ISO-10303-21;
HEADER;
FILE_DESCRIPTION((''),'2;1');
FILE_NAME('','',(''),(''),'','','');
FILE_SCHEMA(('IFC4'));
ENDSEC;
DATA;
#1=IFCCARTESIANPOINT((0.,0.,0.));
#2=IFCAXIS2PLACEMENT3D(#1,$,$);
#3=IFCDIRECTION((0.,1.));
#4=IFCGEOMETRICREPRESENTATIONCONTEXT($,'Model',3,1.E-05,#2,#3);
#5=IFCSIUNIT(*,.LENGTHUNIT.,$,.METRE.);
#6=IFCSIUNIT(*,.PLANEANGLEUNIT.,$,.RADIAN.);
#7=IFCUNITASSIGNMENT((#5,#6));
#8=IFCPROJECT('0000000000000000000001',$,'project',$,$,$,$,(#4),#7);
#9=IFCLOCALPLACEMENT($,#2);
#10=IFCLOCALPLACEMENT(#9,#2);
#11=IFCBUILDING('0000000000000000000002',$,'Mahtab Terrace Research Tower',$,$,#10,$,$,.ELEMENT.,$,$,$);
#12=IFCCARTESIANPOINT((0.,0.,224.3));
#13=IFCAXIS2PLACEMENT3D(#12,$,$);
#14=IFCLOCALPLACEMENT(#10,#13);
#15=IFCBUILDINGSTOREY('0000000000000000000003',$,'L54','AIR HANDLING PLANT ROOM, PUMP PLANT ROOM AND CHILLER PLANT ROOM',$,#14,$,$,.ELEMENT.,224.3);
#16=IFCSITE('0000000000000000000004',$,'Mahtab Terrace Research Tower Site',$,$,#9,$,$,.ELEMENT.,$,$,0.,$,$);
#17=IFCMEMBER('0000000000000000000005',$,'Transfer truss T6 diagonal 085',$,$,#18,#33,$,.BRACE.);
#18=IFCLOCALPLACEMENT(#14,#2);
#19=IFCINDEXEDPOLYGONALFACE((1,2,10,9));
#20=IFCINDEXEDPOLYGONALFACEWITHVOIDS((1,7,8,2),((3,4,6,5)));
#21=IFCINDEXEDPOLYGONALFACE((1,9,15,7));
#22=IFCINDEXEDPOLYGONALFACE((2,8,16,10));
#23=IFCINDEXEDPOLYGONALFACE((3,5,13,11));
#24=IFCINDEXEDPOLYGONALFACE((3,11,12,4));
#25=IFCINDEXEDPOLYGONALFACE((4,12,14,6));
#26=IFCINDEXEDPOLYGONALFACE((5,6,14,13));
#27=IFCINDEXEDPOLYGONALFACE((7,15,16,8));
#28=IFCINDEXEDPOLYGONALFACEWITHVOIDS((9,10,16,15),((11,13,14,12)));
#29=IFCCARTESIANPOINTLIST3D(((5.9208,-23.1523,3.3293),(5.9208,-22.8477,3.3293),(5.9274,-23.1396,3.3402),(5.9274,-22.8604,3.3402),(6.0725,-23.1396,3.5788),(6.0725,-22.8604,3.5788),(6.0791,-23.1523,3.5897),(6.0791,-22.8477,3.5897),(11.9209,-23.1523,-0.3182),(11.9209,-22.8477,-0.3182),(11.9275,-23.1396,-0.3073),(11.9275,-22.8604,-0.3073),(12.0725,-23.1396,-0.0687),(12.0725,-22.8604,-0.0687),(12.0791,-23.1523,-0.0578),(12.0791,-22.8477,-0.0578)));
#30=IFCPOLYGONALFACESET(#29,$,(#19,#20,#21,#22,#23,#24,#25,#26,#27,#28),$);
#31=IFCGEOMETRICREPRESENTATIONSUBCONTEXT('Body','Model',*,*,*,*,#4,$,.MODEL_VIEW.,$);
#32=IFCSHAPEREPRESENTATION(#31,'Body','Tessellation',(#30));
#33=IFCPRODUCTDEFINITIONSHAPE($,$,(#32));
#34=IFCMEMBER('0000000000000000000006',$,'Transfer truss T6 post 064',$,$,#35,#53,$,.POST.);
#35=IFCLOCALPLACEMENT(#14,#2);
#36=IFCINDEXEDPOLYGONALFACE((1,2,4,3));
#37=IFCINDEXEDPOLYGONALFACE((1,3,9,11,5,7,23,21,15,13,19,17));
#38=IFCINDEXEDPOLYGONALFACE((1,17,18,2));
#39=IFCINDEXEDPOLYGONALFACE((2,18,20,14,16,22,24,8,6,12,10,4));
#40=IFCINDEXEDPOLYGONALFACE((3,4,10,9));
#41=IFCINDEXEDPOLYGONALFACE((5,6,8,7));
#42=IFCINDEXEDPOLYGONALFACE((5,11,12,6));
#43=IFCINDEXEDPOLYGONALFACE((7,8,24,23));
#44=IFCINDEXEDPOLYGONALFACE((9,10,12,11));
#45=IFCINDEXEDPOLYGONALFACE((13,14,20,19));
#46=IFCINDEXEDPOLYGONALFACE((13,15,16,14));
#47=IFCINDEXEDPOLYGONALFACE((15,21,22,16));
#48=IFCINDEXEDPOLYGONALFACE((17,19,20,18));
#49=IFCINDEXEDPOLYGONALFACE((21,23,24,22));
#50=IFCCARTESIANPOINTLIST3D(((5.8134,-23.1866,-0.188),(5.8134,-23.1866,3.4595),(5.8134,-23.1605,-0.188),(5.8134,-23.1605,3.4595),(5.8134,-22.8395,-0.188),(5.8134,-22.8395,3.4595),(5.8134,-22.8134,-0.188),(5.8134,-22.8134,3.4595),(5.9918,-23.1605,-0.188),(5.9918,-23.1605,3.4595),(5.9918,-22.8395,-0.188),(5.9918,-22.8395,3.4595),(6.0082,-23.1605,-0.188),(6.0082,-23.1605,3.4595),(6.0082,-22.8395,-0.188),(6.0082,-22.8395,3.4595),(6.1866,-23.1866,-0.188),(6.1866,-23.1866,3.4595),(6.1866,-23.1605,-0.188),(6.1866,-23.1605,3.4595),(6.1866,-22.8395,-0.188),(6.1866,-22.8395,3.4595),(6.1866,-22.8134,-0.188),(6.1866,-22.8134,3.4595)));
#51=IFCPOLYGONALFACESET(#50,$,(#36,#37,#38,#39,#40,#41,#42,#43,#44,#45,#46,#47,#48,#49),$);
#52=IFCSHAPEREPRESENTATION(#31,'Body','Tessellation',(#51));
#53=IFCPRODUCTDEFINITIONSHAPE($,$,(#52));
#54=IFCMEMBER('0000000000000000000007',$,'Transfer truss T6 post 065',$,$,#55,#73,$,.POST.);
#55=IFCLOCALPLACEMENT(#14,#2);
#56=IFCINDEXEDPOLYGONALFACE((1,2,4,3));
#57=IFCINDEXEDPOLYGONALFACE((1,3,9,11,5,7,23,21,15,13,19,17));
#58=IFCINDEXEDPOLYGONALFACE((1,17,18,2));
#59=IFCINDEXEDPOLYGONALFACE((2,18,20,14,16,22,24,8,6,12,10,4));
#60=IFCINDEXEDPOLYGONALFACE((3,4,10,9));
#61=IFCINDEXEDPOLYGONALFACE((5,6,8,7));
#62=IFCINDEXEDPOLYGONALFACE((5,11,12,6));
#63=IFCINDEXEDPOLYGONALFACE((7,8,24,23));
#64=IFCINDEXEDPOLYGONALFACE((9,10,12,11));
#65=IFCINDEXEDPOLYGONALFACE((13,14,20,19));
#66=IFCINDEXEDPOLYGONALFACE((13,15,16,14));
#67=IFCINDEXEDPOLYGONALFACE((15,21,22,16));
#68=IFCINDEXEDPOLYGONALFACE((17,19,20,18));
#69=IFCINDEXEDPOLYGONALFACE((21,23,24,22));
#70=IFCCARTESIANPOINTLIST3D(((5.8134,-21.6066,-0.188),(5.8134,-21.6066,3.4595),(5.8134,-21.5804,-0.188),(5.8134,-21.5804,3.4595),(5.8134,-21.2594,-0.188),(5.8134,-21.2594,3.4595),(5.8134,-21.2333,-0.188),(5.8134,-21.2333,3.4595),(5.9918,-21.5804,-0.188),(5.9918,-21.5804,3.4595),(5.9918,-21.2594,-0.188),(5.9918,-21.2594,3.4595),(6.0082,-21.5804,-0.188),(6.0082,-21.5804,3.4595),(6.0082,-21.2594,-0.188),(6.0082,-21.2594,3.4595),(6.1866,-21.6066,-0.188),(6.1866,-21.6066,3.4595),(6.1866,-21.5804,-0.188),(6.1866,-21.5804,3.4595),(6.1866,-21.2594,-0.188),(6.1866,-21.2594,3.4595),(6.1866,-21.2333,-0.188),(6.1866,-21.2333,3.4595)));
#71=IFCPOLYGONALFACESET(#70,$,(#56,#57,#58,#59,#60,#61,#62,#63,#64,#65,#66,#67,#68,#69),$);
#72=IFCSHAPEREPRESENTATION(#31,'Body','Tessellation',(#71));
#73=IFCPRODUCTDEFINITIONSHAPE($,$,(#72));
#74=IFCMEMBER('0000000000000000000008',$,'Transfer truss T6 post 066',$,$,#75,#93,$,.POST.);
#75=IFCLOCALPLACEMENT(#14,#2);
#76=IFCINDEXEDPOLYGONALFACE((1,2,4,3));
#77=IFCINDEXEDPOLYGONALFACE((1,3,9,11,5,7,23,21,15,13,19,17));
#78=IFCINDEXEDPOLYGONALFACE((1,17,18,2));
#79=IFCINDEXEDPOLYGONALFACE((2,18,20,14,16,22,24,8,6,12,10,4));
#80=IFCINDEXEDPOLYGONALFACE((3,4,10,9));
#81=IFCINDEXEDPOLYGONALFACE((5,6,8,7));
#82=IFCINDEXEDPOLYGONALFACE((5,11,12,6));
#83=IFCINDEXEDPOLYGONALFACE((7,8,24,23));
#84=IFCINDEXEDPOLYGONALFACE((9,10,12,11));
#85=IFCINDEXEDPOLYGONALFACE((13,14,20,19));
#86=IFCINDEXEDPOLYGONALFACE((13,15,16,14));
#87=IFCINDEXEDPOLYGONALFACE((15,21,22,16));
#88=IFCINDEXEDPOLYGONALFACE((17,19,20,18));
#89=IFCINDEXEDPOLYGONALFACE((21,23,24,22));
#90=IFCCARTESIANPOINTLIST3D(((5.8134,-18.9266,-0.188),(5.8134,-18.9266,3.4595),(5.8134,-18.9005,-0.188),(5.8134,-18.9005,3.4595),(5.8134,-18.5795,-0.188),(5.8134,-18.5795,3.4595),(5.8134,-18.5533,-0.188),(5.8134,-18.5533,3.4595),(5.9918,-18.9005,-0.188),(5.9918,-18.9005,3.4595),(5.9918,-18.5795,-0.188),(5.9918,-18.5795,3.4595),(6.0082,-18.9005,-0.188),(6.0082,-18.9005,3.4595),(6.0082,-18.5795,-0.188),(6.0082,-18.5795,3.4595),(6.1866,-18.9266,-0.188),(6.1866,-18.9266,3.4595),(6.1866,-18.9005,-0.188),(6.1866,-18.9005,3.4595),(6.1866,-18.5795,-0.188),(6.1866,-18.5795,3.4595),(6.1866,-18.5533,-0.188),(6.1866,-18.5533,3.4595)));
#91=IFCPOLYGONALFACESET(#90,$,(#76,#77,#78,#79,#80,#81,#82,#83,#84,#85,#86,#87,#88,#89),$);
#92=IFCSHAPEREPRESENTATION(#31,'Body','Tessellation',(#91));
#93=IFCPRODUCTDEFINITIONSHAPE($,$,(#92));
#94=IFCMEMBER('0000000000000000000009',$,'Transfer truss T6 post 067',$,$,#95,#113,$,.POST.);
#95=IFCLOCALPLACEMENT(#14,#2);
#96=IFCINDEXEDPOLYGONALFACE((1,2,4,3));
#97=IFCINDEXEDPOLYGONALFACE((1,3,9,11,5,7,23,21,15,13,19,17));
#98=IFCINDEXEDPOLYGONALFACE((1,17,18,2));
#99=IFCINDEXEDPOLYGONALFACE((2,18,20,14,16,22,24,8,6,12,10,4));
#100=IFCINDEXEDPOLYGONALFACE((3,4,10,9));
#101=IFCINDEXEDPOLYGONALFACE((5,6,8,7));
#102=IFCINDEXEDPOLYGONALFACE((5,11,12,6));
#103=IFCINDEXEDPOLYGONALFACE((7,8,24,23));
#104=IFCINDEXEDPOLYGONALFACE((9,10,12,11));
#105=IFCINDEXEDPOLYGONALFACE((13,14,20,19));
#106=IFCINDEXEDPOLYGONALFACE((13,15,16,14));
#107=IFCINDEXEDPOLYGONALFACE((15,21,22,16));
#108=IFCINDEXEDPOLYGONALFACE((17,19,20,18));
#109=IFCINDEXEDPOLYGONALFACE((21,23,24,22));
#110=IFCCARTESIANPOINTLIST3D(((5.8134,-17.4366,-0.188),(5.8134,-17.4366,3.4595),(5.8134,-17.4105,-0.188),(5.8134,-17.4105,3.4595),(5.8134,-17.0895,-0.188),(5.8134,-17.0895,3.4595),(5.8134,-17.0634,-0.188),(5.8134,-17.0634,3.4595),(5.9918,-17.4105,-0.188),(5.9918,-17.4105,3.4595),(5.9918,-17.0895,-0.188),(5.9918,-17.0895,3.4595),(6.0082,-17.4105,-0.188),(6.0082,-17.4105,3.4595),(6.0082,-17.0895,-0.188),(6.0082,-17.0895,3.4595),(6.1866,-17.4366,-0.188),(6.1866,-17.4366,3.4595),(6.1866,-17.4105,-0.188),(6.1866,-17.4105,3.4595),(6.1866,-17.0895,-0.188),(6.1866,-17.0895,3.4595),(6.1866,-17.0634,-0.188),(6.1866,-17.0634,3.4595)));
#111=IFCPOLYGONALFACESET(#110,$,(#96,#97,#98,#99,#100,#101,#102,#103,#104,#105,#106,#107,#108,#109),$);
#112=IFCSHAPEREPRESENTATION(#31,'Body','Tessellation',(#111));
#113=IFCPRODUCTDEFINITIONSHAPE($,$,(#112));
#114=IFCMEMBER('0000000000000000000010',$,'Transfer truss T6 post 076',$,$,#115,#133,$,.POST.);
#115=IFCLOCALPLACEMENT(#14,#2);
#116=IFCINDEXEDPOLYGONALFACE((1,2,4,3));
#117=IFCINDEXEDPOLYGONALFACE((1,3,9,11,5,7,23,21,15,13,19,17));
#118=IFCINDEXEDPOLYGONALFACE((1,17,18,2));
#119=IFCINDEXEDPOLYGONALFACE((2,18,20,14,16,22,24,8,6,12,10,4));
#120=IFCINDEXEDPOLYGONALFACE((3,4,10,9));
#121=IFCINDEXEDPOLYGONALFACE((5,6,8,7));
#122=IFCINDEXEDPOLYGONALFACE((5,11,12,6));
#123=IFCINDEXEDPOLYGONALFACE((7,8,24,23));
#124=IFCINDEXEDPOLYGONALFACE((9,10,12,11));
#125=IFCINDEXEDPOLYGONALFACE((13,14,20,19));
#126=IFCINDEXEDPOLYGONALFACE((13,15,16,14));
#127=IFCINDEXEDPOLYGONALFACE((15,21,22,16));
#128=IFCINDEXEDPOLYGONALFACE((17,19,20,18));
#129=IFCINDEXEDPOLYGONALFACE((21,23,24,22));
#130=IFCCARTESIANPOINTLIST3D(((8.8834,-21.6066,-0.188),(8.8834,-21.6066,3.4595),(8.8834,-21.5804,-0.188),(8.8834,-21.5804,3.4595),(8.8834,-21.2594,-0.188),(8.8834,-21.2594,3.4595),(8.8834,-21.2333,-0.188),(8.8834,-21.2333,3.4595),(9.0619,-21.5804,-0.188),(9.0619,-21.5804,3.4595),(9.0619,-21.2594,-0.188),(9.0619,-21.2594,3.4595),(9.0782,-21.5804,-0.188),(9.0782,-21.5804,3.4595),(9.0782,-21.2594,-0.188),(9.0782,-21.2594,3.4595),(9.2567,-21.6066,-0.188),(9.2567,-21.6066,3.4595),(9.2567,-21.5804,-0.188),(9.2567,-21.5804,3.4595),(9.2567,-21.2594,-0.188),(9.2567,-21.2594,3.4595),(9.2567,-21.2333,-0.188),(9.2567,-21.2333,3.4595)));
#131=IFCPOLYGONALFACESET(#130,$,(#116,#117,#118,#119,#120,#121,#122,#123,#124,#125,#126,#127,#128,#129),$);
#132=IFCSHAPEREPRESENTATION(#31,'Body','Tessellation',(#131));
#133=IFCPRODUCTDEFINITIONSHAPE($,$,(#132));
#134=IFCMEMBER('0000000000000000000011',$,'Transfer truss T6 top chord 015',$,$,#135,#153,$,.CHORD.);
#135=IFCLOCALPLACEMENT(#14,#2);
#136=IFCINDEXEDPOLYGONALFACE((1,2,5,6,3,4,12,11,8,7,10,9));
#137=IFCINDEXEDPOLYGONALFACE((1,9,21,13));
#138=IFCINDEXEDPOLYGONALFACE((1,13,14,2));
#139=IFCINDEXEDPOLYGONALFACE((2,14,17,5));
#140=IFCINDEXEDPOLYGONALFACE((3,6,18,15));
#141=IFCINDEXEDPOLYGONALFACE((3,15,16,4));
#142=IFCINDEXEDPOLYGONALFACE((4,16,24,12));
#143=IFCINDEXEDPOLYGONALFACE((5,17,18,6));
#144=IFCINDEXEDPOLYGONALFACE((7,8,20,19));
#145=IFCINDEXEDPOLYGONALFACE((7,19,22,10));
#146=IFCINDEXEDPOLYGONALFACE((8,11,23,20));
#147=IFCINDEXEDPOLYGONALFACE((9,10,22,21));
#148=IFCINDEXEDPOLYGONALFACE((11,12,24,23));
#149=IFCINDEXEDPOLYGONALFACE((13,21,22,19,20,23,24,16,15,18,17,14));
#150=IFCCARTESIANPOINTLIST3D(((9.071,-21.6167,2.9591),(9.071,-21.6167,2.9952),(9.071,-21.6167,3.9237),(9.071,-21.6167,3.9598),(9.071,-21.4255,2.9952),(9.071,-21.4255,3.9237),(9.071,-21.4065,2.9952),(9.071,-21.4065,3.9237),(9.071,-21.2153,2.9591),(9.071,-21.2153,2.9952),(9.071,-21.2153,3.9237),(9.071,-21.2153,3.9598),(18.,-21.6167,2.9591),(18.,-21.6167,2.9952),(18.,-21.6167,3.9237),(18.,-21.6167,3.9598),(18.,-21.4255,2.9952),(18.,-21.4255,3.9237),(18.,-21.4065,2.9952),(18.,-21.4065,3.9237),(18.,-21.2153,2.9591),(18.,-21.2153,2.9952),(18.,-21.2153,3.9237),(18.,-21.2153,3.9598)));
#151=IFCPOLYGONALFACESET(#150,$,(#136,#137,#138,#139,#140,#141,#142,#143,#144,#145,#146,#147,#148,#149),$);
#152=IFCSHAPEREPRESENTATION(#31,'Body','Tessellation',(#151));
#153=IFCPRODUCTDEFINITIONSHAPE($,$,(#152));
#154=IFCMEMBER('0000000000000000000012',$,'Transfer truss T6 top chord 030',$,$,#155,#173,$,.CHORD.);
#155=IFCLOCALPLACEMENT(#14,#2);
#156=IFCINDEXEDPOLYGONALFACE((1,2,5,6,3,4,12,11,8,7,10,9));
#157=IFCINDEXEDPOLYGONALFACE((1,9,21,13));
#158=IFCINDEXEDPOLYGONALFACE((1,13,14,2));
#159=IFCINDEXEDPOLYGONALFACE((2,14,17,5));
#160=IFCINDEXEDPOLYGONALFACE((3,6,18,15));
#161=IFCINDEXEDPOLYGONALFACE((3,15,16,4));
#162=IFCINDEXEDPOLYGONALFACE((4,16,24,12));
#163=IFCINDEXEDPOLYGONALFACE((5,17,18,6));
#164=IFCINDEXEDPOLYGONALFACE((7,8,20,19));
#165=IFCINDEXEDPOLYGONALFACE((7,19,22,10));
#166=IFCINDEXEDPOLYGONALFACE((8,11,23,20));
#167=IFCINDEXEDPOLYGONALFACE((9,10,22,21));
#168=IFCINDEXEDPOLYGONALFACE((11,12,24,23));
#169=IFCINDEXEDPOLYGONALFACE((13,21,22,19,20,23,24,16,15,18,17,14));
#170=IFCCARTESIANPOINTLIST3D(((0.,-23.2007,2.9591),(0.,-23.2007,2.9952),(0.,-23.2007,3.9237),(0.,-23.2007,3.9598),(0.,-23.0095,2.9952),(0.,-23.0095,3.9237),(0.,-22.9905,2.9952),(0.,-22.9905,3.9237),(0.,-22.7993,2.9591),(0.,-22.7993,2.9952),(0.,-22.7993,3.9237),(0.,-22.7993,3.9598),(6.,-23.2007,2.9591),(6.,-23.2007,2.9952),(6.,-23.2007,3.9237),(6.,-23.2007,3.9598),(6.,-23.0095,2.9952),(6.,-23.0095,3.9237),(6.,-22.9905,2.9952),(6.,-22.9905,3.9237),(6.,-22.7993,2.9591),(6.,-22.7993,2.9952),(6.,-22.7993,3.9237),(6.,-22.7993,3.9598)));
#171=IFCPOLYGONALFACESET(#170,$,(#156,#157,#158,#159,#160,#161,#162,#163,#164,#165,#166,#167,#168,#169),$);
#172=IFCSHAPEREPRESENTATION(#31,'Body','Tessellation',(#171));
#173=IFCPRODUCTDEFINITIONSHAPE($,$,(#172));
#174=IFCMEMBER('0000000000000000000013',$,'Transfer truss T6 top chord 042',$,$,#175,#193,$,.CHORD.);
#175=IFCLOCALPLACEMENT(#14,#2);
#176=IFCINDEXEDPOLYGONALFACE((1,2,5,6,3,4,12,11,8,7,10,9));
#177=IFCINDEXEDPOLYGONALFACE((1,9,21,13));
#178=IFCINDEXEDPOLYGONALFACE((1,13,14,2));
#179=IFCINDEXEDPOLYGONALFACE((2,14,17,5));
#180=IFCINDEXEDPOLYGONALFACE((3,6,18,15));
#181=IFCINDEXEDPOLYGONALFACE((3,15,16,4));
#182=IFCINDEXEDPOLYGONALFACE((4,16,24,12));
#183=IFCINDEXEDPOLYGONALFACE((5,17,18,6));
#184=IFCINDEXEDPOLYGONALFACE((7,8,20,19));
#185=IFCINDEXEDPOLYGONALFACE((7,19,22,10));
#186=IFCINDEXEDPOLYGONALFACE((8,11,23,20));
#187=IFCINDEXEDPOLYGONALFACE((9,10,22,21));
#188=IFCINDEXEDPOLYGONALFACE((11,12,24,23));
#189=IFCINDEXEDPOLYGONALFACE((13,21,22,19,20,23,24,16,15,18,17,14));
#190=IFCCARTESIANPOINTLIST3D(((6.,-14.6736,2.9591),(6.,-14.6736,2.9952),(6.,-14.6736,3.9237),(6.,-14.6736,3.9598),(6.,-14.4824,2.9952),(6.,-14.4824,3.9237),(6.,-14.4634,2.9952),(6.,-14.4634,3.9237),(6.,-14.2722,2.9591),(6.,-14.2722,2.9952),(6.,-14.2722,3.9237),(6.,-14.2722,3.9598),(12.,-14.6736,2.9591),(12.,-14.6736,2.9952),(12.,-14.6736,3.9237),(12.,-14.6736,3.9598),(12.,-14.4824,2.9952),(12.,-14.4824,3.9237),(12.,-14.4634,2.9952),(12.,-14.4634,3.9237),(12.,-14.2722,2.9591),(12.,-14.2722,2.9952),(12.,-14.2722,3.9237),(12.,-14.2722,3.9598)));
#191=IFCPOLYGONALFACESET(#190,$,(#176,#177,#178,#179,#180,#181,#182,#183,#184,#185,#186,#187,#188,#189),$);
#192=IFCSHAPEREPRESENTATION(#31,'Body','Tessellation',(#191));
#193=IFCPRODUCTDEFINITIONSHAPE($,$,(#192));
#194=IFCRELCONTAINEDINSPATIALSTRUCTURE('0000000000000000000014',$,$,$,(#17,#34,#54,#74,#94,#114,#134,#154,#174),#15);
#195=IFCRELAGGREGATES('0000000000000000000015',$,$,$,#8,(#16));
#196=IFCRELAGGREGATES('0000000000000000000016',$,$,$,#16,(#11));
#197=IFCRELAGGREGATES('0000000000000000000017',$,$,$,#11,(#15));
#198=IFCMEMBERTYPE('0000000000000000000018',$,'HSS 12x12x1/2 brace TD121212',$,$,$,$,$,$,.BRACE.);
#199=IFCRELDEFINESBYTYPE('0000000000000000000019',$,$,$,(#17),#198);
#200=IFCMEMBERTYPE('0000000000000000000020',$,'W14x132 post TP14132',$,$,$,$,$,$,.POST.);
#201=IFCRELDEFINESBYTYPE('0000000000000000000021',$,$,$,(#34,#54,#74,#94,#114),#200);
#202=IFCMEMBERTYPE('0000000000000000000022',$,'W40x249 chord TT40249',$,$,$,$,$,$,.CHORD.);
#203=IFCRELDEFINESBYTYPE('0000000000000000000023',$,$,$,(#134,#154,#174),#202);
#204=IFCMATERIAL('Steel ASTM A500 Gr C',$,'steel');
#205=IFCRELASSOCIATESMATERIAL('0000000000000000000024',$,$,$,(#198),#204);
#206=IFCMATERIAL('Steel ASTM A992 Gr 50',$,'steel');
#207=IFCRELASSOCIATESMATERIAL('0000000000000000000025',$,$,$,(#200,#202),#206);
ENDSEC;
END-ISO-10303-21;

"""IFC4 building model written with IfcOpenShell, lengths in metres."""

from ifc_helpers import new_model, si_unit, direction, frame, origin, origin_2d, place, context, subcontext, project, spatial, hollow_rectangle, i_section, extrude, material, material_profile, profile_set, type_object, element, save


model = new_model("IFC4")

# Units and contexts
model_context = context("Model", 3, precision=1e-05, world=origin(), true_north=direction((0.0, 1.0)))
body_context = subcontext(model_context, "Body", "Model", "MODEL_VIEW")
ifc_project = project(units=[si_unit("LENGTHUNIT", "METRE"), si_unit("PLANEANGLEUNIT", "RADIAN")], contexts=[model_context])

# Site, building, storey
site_placement = place(None, origin())
site = spatial("IfcSite", under=ifc_project, at=site_placement, Name="Mahtab Terrace Research Tower Site", CompositionType="ELEMENT", RefElevation=0.0)
building_placement = place(site_placement, origin())
building = spatial("IfcBuilding", under=site, at=building_placement, Name="Mahtab Terrace Research Tower", CompositionType="ELEMENT")
storey_placement = place(building_placement, frame((0.0, 0.0, 224.3)))
storey = spatial("IfcBuildingStorey", under=building, at=storey_placement, Name="L54", Description="AIR HANDLING PLANT ROOM, PUMP PLANT ROOM AND CHILLER PLANT ROOM", CompositionType="ELEMENT", Elevation=224.3)

# Members
ifc_material_1 = material(Name="Steel ASTM A500 Gr C", Category="steel")
ifc_material_profile_1 = material_profile(ifc_material_1, hollow_rectangle(XDim=0.3047, YDim=0.3047, WallThickness=0.0127, at=origin_2d()), Name="HSS12X12X1/2")
ifc_profile_set_1 = profile_set([ifc_material_profile_1], Name="Steel ASTM A500 Gr C")
member_type_1 = type_object("IfcMemberType", Name="HSS 12x12x1/2 brace TD121212", PredefinedType="BRACE", material=ifc_profile_set_1)
member_1_placement = place(storey_placement, frame((12.0, -23.0, -0.188), z_axis=(-0.854497, 0.0, 0.519457), x_axis=(0.0, -1.0, 0.0)))
element("IfcMember", 1, at=member_1_placement, inside=storey, type_object=member_type_1, Name="Transfer truss T6 diagonal 085", PredefinedType="BRACE", context=body_context, shape_type="SweptSolid", body=[
    extrude(hollow_rectangle(XDim=0.3047, YDim=0.3047, WallThickness=0.0127, at=origin_2d()), origin(), (0.0, 0.0, 1.0), 7.0217),
])
ifc_material_2 = material(Name="Steel ASTM A992 Gr 50", Category="steel")
ifc_material_profile_2 = material_profile(ifc_material_2, i_section(OverallWidth=0.3733, OverallDepth=0.3733, WebThickness=0.0164, FlangeThickness=0.0261, at=origin_2d()), Name="W14X132")
ifc_profile_set_2 = profile_set([ifc_material_profile_2], Name="Steel ASTM A992 Gr 50")
member_type_2 = type_object("IfcMemberType", Name="W14x132 post TP14132", PredefinedType="POST", material=ifc_profile_set_2)
for number, where, z_axis, x_axis, name in (
    (2, (6.0, -23.0, -0.188), (0.0, 0.0, 1.0), (1.0, 0.0, 0.0), "Transfer truss T6 post 064"),
    (3, (6.0, -21.4199, -0.188), (0.0, 0.0, 1.0), (1.0, 0.0, 0.0), "Transfer truss T6 post 065"),
    (4, (6.0, -18.74, -0.188), (0.0, 0.0, 1.0), (1.0, 0.0, 0.0), "Transfer truss T6 post 066"),
    (5, (6.0, -17.25, -0.188), (0.0, 0.0, 1.0), (1.0, 0.0, 0.0), "Transfer truss T6 post 067"),
    (6, (9.0701, -21.4199, -0.188), (0.0, 0.0, 1.0), (1.0, 0.0, 0.0), "Transfer truss T6 post 076"),
):
    element("IfcMember", number, at=place(storey_placement, frame(where, z_axis=z_axis, x_axis=x_axis)), inside=storey, type_object=member_type_2, Name=name, PredefinedType="POST", context=body_context, shape_type="SweptSolid", body=[
        extrude(i_section(OverallWidth=0.3733, OverallDepth=0.3733, WebThickness=0.0164, FlangeThickness=0.0261, at=origin_2d()), origin(), (0.0, 0.0, 1.0), 3.6475),
    ])
ifc_material_profile_3 = material_profile(ifc_material_2, i_section(OverallWidth=0.4014, OverallDepth=1.0007, WebThickness=0.019, FlangeThickness=0.0361, at=origin_2d()), Name="W40X249")
ifc_profile_set_3 = profile_set([ifc_material_profile_3], Name="Steel ASTM A992 Gr 50")
member_type_3 = type_object("IfcMemberType", Name="W40x249 chord TT40249", PredefinedType="CHORD", material=ifc_profile_set_3)
member_2_placement = place(storey_placement, frame((9.071, -21.416, 3.4595), z_axis=(1.0, 0.0, 0.0), x_axis=(0.0, 1.0, 0.0)))
element("IfcMember", 7, at=member_2_placement, inside=storey, type_object=member_type_3, Name="Transfer truss T6 top chord 015", PredefinedType="CHORD", context=body_context, shape_type="SweptSolid", body=[
    extrude(i_section(OverallWidth=0.4014, OverallDepth=1.0007, WebThickness=0.019, FlangeThickness=0.0361, at=origin_2d()), origin(), (0.0, 0.0, 1.0), 8.929),
])
for number, where, z_axis, x_axis, name in (
    (8, (6.0, -23.0, 3.4595), (-1.0, 0.0, 0.0), (0.0, -1.0, 0.0), "Transfer truss T6 top chord 030"),
    (9, (6.0, -14.4729, 3.4595), (1.0, 0.0, 0.0), (0.0, 1.0, 0.0), "Transfer truss T6 top chord 042"),
):
    element("IfcMember", number, at=place(storey_placement, frame(where, z_axis=z_axis, x_axis=x_axis)), inside=storey, type_object=member_type_3, Name=name, PredefinedType="CHORD", context=body_context, shape_type="SweptSolid", body=[
        extrude(i_section(OverallWidth=0.4014, OverallDepth=1.0007, WebThickness=0.019, FlangeThickness=0.0361, at=origin_2d()), origin(), (0.0, 0.0, 1.0), 6.0),
    ])

save(model, "model.ifc")
